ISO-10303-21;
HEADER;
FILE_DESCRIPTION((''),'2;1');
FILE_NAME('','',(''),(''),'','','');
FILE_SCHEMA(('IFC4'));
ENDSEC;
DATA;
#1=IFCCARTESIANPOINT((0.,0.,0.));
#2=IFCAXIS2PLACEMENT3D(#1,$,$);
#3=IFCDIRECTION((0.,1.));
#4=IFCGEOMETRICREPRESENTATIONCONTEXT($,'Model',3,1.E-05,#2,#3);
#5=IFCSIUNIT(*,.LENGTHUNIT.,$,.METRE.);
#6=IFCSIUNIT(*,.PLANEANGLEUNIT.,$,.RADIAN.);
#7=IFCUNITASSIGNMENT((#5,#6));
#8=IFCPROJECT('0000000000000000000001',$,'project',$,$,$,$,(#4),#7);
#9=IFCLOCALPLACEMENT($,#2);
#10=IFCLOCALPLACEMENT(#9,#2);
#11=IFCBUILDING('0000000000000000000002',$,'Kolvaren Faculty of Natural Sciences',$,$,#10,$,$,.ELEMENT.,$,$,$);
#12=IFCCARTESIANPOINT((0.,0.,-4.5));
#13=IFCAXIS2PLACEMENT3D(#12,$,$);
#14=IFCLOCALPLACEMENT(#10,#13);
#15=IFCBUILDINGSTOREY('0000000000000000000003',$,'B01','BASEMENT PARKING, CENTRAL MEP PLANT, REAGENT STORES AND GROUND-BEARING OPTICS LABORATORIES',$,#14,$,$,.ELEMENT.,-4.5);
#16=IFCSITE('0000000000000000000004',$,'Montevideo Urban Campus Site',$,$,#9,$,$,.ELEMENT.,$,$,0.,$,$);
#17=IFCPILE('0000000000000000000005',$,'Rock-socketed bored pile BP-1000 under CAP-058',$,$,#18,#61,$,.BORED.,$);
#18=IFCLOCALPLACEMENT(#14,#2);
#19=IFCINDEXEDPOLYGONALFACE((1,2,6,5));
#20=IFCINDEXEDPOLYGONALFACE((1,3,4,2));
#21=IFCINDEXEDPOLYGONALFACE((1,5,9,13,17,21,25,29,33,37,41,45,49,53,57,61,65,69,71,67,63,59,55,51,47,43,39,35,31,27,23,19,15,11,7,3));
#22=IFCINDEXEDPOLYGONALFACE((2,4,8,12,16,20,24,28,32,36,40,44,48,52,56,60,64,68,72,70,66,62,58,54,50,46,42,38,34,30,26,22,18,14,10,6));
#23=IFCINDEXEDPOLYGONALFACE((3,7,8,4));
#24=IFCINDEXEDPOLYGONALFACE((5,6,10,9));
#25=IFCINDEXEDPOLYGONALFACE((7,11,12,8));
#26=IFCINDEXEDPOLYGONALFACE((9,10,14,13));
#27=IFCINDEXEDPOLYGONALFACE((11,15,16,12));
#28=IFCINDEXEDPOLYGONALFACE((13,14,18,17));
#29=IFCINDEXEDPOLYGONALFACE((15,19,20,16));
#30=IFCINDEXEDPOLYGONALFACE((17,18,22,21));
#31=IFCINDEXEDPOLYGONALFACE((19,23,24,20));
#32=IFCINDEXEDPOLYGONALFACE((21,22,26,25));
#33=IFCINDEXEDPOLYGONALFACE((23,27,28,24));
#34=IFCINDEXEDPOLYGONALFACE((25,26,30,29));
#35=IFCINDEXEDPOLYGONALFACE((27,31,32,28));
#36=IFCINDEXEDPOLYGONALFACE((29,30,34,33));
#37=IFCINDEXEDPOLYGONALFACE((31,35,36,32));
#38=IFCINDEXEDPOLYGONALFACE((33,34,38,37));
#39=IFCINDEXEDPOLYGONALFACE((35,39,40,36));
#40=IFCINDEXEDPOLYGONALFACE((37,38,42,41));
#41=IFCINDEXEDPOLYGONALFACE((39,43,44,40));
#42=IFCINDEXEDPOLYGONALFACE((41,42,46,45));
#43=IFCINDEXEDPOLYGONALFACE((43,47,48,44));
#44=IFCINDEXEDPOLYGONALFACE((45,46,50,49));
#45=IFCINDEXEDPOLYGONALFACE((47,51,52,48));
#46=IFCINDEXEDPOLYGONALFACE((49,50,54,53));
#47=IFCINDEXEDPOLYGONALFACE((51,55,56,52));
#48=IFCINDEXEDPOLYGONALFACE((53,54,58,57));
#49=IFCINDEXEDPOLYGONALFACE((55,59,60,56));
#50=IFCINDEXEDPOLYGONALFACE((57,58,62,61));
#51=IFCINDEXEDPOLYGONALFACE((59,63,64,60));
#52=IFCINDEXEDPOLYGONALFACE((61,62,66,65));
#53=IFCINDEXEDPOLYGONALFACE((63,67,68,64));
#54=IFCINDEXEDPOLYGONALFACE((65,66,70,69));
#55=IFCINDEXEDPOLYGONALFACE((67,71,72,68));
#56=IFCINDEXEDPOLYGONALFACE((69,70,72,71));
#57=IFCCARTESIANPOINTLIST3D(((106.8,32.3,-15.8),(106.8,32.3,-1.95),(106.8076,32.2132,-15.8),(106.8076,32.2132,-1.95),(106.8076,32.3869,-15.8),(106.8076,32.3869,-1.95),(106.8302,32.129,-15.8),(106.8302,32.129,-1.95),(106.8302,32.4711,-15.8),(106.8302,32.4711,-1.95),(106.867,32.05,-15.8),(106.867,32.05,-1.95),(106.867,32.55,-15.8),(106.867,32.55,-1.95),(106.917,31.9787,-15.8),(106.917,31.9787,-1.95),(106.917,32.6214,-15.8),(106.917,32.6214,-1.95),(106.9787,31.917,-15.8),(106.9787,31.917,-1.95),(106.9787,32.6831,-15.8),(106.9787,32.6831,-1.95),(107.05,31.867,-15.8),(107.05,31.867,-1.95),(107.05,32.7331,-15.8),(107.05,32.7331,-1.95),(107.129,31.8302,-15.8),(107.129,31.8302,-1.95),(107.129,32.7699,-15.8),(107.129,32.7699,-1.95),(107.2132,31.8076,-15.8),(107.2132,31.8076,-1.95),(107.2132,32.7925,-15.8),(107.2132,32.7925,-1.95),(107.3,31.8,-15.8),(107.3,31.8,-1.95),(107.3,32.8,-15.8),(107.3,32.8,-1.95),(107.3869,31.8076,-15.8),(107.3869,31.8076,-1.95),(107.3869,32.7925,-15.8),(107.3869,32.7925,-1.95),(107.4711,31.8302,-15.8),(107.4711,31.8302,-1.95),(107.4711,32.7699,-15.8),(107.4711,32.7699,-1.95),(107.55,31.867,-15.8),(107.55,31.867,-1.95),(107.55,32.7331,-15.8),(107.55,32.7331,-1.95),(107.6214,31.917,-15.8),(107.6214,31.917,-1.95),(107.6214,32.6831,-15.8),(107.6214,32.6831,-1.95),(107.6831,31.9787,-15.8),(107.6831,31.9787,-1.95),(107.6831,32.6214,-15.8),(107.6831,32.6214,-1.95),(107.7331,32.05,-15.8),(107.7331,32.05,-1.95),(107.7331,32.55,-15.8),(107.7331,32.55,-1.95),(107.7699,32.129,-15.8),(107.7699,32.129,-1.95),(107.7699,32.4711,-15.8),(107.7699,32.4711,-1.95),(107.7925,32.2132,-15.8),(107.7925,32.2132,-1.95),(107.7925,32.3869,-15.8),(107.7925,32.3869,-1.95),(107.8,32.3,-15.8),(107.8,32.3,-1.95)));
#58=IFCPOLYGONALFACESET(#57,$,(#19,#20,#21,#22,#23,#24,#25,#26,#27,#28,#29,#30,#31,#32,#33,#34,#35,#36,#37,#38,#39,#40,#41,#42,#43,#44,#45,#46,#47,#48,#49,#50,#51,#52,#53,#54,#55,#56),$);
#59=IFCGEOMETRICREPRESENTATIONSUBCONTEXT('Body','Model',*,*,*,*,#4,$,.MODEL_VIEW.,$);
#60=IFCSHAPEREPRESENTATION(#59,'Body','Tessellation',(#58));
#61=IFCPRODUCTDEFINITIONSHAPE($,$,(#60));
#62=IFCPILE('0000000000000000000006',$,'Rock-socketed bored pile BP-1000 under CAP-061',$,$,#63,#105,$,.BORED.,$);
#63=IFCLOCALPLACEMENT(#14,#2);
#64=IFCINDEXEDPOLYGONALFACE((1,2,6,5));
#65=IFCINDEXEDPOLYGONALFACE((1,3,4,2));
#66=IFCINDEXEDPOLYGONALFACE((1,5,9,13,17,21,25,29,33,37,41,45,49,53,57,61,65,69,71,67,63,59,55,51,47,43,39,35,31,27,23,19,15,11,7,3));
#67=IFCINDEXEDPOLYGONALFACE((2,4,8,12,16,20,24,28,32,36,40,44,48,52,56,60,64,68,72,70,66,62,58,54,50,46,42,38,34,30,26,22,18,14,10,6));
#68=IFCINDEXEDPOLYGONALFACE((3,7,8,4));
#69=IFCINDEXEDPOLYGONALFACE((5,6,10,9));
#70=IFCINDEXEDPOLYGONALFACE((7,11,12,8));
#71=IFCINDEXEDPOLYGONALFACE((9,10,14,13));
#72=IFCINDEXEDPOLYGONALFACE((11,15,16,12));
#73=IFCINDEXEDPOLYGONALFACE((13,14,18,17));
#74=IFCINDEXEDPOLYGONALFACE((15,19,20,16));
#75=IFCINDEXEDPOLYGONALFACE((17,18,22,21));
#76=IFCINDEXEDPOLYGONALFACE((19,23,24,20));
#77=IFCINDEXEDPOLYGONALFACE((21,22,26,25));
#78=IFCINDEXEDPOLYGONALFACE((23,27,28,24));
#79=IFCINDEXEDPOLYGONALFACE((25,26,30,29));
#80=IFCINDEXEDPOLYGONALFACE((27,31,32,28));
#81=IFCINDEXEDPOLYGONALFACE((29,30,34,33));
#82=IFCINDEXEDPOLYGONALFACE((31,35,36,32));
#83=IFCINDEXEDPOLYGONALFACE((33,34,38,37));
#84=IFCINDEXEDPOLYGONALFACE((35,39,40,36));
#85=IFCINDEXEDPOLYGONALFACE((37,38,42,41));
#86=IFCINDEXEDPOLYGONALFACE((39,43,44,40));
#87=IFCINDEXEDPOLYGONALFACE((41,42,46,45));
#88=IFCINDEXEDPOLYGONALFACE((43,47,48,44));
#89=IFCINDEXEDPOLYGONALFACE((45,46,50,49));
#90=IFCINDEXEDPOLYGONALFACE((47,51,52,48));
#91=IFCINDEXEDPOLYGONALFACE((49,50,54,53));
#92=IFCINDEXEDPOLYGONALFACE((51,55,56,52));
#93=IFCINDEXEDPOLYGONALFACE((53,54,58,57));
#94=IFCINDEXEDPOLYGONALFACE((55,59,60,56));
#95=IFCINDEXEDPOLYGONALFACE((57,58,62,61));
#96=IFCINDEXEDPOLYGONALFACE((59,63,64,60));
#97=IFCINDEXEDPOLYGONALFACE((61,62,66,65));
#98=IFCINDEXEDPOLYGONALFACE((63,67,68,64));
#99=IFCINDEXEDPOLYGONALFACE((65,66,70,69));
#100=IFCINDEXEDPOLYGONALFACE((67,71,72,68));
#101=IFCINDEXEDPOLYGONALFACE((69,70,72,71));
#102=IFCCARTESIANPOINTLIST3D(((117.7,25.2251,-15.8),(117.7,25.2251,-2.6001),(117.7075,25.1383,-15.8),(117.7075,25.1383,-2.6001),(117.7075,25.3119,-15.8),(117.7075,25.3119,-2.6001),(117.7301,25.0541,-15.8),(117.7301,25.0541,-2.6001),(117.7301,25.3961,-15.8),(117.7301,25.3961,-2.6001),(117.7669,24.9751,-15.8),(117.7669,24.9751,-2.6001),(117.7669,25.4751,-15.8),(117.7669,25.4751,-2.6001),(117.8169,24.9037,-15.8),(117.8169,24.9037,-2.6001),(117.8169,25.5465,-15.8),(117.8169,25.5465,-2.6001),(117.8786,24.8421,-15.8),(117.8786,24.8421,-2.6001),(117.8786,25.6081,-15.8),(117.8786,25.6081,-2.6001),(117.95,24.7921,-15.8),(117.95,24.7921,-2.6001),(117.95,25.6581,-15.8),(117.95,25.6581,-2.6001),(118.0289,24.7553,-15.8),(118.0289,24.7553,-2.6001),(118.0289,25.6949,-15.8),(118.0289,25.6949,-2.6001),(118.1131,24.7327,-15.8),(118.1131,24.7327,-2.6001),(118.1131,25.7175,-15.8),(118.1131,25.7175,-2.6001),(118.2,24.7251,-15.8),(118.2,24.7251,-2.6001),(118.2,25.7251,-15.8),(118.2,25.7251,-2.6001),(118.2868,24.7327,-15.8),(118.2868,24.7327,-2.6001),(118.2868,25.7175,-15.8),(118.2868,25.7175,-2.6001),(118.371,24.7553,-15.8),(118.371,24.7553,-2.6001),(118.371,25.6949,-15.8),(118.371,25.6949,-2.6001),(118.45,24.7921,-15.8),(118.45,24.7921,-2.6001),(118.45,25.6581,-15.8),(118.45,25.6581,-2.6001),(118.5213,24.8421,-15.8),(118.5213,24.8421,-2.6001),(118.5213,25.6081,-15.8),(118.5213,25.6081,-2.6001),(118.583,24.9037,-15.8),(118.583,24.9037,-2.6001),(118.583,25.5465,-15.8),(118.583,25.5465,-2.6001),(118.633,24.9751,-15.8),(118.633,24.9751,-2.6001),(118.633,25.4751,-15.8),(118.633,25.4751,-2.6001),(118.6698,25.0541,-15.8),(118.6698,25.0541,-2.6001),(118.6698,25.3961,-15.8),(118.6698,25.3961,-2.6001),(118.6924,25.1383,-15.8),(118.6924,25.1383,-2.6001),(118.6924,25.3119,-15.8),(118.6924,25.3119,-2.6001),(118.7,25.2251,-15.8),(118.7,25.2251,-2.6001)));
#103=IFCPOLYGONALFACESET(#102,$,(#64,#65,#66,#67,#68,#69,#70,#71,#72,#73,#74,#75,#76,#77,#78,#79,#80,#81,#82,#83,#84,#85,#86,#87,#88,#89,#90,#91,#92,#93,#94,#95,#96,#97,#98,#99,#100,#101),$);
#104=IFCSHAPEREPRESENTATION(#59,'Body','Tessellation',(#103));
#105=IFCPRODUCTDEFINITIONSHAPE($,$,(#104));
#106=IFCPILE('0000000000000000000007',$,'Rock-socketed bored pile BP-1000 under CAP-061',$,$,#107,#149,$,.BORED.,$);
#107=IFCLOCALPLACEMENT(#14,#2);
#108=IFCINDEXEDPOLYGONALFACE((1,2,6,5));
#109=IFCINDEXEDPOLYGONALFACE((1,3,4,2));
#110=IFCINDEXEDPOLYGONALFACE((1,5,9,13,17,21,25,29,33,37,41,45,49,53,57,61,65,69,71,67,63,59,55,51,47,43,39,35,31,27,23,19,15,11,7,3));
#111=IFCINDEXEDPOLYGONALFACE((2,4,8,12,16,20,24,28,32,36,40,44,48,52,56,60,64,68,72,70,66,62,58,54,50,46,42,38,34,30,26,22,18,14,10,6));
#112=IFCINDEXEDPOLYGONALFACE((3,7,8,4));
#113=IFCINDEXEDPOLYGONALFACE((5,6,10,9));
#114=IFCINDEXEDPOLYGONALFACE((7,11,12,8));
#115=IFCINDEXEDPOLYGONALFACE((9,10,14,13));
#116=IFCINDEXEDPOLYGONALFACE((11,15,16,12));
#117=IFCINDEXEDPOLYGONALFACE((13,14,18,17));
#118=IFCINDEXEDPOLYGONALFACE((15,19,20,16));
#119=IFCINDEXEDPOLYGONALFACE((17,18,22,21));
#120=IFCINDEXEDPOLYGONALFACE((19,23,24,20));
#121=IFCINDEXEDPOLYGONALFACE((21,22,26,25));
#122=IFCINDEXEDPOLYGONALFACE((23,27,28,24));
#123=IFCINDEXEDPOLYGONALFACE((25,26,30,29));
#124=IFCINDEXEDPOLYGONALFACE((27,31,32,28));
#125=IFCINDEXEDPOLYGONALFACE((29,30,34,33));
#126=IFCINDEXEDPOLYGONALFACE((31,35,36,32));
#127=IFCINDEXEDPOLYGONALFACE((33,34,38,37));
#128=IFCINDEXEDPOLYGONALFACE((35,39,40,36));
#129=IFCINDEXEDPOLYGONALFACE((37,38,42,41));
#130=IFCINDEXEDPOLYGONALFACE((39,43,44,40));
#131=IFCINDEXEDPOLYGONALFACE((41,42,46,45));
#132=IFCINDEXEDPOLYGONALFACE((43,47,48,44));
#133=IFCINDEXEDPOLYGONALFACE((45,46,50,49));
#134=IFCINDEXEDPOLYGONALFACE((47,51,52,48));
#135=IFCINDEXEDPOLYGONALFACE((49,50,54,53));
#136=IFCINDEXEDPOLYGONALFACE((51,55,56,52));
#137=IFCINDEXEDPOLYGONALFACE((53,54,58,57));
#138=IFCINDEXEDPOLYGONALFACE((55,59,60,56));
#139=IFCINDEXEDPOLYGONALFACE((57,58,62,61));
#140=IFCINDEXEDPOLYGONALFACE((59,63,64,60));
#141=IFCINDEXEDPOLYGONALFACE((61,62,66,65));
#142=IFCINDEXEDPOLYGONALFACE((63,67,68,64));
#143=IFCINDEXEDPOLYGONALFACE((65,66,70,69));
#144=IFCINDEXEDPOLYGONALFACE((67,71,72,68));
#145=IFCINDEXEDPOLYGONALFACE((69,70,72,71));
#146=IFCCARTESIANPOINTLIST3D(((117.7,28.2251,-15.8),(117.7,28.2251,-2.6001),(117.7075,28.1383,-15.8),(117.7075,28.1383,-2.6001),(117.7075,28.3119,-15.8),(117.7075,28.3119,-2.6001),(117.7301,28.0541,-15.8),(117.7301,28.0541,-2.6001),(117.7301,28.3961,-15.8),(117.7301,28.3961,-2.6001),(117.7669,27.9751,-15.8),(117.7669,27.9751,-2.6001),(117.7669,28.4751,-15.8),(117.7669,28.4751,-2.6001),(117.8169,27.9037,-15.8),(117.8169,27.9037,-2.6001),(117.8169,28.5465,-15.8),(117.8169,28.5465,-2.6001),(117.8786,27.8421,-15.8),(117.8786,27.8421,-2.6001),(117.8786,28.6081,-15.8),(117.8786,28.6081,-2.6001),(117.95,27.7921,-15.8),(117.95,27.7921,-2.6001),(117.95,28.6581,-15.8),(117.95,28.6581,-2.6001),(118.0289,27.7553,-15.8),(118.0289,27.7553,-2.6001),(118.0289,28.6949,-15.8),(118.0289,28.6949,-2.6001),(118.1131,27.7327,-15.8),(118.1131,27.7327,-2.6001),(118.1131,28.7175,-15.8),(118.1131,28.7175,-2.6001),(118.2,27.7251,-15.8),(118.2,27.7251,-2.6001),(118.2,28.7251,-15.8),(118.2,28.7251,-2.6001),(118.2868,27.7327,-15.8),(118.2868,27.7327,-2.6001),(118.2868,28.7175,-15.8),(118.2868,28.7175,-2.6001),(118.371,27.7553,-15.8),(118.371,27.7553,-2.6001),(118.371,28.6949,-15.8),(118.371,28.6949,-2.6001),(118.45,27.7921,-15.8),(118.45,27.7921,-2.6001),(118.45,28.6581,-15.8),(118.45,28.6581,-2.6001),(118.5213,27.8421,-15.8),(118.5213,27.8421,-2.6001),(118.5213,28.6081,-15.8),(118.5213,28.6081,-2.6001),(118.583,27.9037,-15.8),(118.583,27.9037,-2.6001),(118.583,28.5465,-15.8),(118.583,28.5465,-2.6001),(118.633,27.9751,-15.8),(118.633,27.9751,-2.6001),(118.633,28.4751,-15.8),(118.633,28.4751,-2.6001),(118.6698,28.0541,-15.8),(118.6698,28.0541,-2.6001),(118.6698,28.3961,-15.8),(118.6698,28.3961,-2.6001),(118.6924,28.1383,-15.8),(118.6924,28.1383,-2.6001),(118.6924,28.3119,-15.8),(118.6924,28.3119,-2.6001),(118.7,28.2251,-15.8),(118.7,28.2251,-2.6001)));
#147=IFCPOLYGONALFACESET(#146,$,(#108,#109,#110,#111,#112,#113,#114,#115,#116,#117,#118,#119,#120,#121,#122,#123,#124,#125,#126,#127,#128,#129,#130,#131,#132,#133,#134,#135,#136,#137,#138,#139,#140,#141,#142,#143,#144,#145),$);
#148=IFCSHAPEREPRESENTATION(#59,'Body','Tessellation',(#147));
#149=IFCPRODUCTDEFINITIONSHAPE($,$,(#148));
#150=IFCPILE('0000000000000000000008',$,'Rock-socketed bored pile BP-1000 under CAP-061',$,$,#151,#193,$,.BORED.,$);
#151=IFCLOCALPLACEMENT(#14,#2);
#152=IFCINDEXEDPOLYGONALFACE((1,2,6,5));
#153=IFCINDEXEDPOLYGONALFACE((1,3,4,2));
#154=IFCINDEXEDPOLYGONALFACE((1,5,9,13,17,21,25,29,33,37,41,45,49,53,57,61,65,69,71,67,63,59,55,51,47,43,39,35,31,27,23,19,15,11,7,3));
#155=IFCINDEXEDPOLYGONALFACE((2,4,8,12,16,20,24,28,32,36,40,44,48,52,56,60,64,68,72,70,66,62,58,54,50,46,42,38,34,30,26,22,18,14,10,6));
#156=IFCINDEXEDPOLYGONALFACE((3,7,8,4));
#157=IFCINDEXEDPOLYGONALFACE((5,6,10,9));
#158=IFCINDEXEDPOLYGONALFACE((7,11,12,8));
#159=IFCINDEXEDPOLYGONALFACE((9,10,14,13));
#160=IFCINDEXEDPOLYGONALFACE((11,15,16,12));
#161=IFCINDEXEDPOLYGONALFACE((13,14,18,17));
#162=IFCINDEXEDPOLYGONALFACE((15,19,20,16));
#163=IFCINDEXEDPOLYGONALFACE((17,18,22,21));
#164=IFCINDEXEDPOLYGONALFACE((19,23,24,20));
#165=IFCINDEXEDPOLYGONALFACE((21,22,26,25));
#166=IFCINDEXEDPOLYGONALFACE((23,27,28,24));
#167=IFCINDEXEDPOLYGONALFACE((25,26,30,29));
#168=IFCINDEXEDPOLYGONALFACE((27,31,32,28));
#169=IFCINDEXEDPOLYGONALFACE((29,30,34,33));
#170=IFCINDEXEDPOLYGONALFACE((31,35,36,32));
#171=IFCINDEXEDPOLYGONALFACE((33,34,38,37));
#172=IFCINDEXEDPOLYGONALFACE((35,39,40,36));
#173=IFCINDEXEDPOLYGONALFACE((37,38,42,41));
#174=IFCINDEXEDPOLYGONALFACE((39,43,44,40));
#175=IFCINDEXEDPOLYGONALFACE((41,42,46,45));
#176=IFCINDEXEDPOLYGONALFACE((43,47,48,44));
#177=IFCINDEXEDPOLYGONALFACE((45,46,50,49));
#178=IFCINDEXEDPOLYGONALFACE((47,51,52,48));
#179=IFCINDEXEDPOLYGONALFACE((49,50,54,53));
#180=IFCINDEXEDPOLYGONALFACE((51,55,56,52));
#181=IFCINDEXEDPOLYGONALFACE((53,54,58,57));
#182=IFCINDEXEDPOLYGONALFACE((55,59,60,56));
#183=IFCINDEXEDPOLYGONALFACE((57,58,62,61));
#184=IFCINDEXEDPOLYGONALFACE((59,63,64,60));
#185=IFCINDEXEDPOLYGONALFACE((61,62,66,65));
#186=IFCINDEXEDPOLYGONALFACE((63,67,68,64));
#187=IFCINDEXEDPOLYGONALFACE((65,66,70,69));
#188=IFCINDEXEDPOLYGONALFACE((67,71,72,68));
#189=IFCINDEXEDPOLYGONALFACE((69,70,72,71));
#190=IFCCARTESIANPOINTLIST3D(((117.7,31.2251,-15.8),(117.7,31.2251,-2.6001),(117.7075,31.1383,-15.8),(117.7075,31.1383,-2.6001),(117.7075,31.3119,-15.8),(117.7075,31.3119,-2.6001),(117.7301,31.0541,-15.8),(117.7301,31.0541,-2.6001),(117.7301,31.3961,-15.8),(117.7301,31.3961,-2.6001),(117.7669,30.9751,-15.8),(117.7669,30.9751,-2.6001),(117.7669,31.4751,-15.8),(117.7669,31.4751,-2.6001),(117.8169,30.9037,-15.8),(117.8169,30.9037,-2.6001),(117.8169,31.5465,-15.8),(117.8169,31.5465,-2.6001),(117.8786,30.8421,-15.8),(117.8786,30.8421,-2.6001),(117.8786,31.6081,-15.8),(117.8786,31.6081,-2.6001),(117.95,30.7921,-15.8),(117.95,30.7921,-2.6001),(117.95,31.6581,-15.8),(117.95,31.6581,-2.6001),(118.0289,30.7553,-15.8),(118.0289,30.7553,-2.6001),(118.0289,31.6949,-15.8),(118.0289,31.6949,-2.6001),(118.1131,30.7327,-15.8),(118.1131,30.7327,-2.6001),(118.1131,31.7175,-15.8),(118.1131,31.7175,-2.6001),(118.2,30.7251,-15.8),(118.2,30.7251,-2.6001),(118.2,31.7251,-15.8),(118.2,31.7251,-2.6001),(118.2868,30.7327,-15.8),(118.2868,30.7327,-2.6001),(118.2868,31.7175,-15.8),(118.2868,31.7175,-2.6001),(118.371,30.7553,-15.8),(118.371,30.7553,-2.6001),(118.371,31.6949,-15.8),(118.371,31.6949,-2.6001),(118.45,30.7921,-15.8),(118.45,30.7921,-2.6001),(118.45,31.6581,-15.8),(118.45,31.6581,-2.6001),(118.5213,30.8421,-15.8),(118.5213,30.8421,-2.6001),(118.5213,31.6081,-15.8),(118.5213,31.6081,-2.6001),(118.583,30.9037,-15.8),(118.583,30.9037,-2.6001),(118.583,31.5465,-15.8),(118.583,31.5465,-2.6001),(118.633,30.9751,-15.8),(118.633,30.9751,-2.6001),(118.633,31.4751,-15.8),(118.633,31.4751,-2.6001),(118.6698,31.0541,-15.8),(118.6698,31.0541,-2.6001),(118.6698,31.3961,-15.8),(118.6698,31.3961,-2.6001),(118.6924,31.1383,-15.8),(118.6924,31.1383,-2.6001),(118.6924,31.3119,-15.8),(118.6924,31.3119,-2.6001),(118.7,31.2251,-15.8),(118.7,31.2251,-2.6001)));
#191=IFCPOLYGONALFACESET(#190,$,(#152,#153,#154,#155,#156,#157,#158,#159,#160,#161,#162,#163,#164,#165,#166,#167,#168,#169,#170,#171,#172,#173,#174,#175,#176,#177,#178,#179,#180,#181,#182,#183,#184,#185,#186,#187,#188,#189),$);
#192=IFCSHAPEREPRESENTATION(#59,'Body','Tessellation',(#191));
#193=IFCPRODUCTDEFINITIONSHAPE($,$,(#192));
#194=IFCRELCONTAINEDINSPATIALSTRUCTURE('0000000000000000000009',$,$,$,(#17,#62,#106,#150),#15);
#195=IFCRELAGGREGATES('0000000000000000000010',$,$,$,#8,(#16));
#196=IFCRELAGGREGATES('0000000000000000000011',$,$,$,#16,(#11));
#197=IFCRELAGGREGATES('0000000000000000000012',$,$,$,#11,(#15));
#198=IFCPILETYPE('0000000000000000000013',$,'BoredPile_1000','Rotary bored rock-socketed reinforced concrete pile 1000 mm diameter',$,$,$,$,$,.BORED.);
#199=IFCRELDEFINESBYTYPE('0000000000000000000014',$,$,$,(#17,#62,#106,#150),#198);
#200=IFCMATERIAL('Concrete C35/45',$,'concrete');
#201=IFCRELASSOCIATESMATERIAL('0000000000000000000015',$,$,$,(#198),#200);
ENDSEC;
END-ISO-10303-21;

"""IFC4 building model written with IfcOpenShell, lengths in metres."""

from ifc_helpers import new_model, si_unit, direction, frame, origin, origin_2d, place, context, subcontext, project, spatial, circle, extrude, material, material_profile, profile_set, type_object, element, save


model = new_model("IFC4")

# Units and contexts
model_context = context("Model", 3, precision=1e-05, world=origin(), true_north=direction((0.0, 1.0)))
body_context = subcontext(model_context, "Body", "Model", "MODEL_VIEW")
ifc_project = project(units=[si_unit("LENGTHUNIT", "METRE"), si_unit("PLANEANGLEUNIT", "RADIAN")], contexts=[model_context])

# Site, building, storey
site_placement = place(None, origin())
site = spatial("IfcSite", under=ifc_project, at=site_placement, Name="Montevideo Urban Campus Site", CompositionType="ELEMENT", RefElevation=0.0)
building_placement = place(site_placement, origin())
building = spatial("IfcBuilding", under=site, at=building_placement, Name="Kolvaren Faculty of Natural Sciences", CompositionType="ELEMENT")
storey_placement = place(building_placement, frame((0.0, 0.0, -4.5)))
storey = spatial("IfcBuildingStorey", under=building, at=storey_placement, Name="B01", Description="BASEMENT PARKING, CENTRAL MEP PLANT, REAGENT STORES AND GROUND-BEARING OPTICS LABORATORIES", CompositionType="ELEMENT", Elevation=-4.5)

# Piles
ifc_material_1 = material(Name="Concrete C35/45", Category="concrete")
ifc_material_profile_1 = material_profile(ifc_material_1, circle(Radius=0.5, at=origin_2d()), Name="PILE D1000")
ifc_profile_set_1 = profile_set([ifc_material_profile_1], Name="Concrete C35/45")
pile_type = type_object("IfcPileType", Name="BoredPile_1000", Description="Rotary bored rock-socketed reinforced concrete pile 1000 mm diameter", PredefinedType="BORED", material=ifc_profile_set_1)
pile_placement = place(storey_placement, frame((107.3, 32.3, -1.95), z_axis=(0.0, 0.0, -1.0), x_axis=(1.0, 0.0, 0.0)))
element("IfcPile", 1, at=pile_placement, inside=storey, type_object=pile_type, Name="Rock-socketed bored pile BP-1000 under CAP-058", PredefinedType="BORED", context=body_context, shape_type="SweptSolid", body=[
    extrude(circle(Radius=0.5, at=origin_2d()), origin(), (0.0, 0.0, 1.0), 13.8501),
])
for number, where, z_axis, x_axis, name in (
    (2, (118.2, 25.2251, -2.6001), (0.0, 0.0, -1.0), (1.0, 0.0, 0.0), "Rock-socketed bored pile BP-1000 under CAP-061"),
    (3, (118.2, 28.2251, -2.6001), (0.0, 0.0, -1.0), (1.0, 0.0, 0.0), "Rock-socketed bored pile BP-1000 under CAP-061"),
    (4, (118.2, 31.2251, -2.6001), (0.0, 0.0, -1.0), (1.0, 0.0, 0.0), "Rock-socketed bored pile BP-1000 under CAP-061"),
):
    element("IfcPile", number, at=place(storey_placement, frame(where, z_axis=z_axis, x_axis=x_axis)), inside=storey, type_object=pile_type, Name=name, PredefinedType="BORED", context=body_context, shape_type="SweptSolid", body=[
        extrude(circle(Radius=0.5, at=origin_2d()), origin(), (0.0, 0.0, 1.0), 13.2),
    ])

save(model, "model.ifc")
